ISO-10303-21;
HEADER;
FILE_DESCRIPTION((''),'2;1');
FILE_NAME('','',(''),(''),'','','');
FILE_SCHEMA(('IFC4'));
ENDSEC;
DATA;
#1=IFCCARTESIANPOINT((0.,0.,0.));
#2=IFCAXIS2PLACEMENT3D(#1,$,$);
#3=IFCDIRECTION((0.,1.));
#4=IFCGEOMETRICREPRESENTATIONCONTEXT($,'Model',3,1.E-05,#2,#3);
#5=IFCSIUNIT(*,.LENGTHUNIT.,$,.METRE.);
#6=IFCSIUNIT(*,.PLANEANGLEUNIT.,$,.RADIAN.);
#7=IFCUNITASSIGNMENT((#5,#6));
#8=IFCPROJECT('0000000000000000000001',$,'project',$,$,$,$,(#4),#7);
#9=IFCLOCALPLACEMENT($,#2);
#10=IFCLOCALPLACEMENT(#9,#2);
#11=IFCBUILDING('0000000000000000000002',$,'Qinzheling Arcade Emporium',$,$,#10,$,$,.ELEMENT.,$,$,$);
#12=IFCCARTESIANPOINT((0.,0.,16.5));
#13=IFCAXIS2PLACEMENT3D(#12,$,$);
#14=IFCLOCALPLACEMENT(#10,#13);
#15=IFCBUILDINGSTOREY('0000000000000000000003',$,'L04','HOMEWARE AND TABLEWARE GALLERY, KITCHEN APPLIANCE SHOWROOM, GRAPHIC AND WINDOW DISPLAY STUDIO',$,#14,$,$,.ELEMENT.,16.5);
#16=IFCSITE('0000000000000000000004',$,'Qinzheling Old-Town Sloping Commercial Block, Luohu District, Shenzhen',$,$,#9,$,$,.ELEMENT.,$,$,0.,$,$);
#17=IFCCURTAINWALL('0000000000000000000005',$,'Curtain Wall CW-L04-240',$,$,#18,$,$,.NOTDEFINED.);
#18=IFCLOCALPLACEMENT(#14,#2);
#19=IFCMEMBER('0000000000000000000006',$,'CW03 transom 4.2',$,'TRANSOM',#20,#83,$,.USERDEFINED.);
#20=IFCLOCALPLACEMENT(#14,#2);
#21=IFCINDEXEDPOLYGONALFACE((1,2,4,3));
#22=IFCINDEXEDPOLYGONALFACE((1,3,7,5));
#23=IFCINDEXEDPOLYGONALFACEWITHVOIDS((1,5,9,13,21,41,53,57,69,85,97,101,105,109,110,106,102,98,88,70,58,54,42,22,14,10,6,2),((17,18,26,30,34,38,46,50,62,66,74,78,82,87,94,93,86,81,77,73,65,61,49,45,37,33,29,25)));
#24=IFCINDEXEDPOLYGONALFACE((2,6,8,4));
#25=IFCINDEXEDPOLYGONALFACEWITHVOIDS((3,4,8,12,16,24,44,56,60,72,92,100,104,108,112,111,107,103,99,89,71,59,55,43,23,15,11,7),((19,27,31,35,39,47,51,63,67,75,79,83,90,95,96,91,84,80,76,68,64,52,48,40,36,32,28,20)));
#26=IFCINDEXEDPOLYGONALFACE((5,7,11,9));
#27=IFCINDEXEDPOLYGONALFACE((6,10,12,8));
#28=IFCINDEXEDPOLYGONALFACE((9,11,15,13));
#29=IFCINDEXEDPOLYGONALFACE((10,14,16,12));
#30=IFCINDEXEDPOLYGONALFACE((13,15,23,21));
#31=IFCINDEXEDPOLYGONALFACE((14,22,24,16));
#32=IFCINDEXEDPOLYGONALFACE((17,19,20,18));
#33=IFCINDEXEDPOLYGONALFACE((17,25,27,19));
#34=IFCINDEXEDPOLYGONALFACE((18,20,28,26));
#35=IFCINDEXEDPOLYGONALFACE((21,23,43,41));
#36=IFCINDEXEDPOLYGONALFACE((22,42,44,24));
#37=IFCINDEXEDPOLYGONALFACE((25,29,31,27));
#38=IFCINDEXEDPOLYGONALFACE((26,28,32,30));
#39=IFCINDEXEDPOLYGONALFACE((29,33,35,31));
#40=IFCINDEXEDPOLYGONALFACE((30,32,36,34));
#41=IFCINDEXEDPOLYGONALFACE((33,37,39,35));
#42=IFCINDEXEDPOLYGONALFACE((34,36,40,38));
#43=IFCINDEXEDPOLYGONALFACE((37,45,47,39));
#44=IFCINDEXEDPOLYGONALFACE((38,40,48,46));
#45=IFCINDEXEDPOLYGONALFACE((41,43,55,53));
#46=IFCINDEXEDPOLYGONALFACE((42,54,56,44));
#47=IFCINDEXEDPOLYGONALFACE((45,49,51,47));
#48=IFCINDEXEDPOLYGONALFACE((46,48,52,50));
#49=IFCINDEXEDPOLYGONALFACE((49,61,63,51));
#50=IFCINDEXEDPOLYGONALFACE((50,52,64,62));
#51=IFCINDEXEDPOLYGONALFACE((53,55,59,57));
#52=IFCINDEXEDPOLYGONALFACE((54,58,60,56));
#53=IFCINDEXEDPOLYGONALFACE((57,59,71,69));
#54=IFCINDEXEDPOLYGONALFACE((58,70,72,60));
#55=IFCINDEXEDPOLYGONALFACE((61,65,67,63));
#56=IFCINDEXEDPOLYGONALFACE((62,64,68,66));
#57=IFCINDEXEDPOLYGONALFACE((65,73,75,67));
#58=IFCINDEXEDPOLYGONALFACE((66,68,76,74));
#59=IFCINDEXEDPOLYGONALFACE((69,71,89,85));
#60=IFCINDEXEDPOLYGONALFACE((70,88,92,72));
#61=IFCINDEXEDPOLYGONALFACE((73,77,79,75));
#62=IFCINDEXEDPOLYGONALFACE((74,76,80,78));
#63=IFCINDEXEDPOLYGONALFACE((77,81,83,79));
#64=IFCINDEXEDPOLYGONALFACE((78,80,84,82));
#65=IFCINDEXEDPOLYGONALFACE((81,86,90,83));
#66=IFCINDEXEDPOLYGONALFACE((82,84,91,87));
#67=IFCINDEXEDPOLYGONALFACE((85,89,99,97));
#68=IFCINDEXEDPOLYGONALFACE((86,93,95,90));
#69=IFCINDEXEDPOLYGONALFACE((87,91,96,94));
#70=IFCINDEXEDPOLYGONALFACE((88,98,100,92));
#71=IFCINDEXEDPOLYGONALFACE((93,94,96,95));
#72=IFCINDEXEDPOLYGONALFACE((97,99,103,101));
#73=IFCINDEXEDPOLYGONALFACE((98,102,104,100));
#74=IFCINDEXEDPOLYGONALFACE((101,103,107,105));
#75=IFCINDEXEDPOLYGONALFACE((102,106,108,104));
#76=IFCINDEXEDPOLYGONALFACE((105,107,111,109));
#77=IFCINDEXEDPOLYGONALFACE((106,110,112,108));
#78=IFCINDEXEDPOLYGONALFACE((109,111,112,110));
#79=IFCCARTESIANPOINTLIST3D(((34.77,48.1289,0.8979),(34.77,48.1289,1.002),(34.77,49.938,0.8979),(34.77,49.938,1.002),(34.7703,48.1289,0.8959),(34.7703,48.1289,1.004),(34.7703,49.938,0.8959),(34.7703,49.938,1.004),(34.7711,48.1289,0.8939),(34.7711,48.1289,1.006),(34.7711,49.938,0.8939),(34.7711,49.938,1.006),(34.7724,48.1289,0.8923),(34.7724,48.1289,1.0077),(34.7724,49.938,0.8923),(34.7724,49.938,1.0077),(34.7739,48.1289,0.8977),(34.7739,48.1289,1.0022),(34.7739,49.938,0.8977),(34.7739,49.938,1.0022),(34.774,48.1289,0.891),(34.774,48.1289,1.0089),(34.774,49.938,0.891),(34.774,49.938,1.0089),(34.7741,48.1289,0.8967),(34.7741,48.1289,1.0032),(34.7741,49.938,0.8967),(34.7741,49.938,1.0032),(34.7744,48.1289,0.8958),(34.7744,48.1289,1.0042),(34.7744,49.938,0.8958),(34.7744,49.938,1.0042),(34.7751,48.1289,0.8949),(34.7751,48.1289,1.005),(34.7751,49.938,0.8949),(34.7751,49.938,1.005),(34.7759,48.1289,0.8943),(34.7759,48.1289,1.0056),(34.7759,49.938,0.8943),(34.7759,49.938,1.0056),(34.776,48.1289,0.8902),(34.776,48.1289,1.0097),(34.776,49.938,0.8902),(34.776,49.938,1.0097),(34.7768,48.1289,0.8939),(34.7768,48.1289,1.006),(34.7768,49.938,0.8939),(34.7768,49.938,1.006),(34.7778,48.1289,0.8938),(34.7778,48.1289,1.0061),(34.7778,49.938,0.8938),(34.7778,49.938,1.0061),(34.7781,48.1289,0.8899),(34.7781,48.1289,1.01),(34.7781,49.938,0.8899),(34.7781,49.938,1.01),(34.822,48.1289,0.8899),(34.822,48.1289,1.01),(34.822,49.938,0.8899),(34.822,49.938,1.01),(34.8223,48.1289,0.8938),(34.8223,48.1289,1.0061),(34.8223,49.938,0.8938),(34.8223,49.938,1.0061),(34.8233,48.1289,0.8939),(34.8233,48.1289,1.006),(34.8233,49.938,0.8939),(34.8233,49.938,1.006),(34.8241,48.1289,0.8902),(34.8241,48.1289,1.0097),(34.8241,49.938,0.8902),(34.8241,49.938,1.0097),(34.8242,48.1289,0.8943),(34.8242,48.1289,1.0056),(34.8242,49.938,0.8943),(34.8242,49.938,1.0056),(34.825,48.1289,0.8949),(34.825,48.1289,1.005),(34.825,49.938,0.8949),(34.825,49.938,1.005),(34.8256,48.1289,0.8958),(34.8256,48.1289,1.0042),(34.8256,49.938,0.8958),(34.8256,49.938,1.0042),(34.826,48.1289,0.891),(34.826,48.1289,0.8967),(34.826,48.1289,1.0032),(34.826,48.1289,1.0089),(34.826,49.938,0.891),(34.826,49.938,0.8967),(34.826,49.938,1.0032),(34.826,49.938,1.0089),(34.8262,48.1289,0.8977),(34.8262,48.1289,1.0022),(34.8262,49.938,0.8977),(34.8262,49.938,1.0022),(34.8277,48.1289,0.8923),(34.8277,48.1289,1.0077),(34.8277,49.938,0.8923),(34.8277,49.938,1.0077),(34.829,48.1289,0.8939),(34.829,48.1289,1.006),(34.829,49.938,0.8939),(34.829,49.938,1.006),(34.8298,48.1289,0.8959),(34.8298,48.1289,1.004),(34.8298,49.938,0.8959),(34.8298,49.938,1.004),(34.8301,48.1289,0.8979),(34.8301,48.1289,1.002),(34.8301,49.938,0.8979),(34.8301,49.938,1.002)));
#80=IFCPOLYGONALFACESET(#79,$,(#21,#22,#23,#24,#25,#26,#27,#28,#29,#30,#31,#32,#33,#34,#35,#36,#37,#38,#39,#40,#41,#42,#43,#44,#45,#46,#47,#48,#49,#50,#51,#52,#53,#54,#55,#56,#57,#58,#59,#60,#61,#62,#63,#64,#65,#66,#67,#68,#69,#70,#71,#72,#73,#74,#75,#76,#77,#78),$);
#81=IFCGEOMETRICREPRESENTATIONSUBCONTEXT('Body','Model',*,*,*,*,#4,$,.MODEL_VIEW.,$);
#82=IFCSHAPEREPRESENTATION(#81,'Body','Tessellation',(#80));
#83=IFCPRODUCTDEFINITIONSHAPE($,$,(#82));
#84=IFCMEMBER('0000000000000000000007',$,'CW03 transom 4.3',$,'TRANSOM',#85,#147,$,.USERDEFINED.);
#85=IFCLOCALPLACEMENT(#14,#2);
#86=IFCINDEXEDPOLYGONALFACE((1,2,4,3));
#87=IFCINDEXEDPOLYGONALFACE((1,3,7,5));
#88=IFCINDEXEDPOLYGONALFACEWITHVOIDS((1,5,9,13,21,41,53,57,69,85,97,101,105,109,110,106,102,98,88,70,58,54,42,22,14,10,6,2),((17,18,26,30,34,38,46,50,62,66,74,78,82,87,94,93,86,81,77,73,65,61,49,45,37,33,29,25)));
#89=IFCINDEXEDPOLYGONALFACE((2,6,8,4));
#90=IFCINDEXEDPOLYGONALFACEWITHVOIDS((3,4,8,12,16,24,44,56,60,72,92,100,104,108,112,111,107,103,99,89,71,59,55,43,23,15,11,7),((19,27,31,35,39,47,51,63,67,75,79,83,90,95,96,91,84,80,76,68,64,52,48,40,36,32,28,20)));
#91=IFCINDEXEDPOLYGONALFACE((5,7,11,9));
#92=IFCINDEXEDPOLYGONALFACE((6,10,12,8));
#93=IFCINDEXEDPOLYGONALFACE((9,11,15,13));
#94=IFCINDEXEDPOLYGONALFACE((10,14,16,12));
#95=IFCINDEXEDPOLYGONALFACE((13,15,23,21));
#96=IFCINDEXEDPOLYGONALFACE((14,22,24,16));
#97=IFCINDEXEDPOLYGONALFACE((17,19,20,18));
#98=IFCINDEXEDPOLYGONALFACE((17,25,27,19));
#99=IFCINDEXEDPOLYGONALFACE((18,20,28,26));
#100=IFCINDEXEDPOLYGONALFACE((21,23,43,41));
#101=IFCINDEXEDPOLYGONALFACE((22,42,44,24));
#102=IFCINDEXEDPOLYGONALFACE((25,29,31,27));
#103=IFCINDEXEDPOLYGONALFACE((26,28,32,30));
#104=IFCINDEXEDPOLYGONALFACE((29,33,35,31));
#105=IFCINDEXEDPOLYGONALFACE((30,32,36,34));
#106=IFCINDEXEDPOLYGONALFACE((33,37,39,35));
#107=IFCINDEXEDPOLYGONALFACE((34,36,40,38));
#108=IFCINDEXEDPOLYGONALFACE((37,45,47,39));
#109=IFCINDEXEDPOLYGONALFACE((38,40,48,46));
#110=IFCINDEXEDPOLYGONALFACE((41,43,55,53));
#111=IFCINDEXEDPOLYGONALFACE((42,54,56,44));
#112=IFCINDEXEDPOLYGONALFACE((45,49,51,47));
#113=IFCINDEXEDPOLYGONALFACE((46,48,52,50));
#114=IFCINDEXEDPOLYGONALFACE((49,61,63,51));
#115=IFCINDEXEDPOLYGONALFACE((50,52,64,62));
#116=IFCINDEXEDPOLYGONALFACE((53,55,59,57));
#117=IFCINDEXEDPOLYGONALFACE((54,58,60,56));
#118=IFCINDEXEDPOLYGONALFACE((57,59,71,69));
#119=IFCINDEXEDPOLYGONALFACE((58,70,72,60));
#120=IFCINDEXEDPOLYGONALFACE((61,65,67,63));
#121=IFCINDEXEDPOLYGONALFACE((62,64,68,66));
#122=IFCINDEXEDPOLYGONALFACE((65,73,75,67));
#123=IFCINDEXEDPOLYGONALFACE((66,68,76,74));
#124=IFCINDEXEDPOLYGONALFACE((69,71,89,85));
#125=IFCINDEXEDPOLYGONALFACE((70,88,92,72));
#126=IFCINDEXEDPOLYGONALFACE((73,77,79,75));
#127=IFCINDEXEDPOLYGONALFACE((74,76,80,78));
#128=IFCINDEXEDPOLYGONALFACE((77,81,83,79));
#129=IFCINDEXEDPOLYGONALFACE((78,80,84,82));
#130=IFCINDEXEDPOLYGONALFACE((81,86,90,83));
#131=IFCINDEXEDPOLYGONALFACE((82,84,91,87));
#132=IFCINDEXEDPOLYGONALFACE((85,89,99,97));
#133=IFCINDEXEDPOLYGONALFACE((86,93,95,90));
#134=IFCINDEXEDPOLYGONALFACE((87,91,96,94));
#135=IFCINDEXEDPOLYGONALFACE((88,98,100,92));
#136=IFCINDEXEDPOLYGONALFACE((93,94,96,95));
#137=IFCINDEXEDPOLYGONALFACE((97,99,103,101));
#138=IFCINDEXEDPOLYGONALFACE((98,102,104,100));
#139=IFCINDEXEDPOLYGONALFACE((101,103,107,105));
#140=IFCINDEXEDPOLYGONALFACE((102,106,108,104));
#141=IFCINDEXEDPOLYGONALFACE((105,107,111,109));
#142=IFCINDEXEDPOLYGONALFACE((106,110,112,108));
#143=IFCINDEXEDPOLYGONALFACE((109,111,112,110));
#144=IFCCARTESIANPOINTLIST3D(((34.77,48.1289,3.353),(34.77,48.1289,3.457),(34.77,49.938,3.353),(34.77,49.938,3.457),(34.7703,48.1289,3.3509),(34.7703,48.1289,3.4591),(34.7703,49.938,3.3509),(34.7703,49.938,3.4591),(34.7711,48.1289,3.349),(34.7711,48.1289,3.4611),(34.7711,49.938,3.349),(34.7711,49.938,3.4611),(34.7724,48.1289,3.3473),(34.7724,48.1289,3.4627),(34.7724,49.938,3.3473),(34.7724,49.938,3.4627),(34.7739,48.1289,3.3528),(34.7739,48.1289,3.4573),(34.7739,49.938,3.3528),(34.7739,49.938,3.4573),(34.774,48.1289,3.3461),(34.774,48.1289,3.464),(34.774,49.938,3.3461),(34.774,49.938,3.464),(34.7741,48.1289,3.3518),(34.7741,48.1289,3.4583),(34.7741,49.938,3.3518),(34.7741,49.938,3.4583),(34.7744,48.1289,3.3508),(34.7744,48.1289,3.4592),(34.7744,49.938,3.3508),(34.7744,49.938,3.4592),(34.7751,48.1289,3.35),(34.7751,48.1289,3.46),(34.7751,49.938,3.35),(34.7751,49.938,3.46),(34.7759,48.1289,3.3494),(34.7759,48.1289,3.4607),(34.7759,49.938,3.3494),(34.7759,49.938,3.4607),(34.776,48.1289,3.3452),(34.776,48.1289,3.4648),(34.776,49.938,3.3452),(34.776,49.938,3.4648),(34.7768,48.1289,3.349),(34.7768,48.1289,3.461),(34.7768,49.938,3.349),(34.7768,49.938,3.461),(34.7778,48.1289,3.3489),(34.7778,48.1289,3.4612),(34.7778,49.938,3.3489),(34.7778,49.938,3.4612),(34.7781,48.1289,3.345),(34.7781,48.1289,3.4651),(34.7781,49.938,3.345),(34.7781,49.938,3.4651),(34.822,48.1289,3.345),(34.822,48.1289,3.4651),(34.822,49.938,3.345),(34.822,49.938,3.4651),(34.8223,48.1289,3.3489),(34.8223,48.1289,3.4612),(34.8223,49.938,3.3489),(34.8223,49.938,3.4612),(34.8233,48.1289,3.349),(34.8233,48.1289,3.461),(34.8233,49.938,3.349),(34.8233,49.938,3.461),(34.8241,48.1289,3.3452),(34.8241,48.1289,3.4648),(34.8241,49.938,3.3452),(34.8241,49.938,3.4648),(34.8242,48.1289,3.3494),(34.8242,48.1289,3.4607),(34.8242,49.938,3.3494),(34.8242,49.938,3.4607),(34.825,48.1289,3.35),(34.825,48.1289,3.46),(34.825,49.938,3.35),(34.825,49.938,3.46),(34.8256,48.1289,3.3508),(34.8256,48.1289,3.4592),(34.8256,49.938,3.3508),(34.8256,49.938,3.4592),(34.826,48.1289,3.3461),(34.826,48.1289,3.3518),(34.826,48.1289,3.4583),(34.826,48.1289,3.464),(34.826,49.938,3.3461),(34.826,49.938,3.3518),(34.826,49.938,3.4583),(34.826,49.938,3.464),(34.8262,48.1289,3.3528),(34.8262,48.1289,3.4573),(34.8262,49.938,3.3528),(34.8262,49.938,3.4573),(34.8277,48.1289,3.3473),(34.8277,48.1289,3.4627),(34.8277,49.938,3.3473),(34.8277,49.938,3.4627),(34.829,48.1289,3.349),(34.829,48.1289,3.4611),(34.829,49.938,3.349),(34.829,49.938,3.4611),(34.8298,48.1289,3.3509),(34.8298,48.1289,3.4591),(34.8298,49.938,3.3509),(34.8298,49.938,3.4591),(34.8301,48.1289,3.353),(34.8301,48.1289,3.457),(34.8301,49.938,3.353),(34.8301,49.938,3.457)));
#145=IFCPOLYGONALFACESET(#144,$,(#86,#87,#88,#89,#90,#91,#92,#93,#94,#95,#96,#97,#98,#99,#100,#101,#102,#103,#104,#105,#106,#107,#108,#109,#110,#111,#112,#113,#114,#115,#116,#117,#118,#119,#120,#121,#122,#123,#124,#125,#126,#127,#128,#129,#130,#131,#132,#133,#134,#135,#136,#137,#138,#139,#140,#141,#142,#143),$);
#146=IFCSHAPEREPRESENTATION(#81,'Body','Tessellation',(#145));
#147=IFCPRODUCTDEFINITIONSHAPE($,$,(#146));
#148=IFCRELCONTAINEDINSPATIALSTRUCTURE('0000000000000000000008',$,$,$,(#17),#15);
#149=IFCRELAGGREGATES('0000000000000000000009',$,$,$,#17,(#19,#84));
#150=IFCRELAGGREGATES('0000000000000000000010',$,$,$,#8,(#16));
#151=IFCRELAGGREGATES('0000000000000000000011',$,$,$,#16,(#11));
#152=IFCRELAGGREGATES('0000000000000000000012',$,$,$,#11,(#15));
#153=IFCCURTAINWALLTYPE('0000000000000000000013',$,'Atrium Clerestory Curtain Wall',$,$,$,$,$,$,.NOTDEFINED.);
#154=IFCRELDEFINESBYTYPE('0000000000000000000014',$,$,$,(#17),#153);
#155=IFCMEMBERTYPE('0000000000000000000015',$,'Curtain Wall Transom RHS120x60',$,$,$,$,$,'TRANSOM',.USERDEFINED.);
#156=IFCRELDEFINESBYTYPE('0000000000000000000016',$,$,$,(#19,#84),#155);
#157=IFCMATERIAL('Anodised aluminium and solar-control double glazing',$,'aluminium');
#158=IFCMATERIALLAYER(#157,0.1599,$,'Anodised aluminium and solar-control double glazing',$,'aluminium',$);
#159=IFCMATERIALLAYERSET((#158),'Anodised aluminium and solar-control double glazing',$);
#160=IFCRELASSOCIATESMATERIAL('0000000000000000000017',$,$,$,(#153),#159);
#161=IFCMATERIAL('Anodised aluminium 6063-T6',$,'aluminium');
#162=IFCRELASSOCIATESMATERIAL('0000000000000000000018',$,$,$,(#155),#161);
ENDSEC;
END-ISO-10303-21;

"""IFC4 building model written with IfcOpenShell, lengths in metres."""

from ifc_helpers import new_model, si_unit, direction, frame, origin, origin_2d, place, context, subcontext, project, spatial, hollow_rectangle, extrude, material, layer, layer_set, material_profile, profile_set, type_object, element, aggregate, save


model = new_model("IFC4")

# Units and contexts
model_context = context("Model", 3, precision=1e-05, world=origin(), true_north=direction((0.0, 1.0)))
body_context = subcontext(model_context, "Body", "Model", "MODEL_VIEW")
ifc_project = project(units=[si_unit("LENGTHUNIT", "METRE"), si_unit("PLANEANGLEUNIT", "RADIAN")], contexts=[model_context])

# Site, building, storey
site_placement = place(None, origin())
site = spatial("IfcSite", under=ifc_project, at=site_placement, Name="Qinzheling Old-Town Sloping Commercial Block, Luohu District, Shenzhen", CompositionType="ELEMENT", RefElevation=0.0)
building_placement = place(site_placement, origin())
building = spatial("IfcBuilding", under=site, at=building_placement, Name="Qinzheling Arcade Emporium", CompositionType="ELEMENT")
storey_placement = place(building_placement, frame((0.0, 0.0, 16.5)))
storey = spatial("IfcBuildingStorey", under=building, at=storey_placement, Name="L04", Description="HOMEWARE AND TABLEWARE GALLERY, KITCHEN APPLIANCE SHOWROOM, GRAPHIC AND WINDOW DISPLAY STUDIO", CompositionType="ELEMENT", Elevation=16.5)

# Curtain wall
ifc_material_1 = material(Name="Anodised aluminium and solar-control double glazing", Category="aluminium")
ifc_layer_1 = layer(ifc_material_1, 0.1599, Name="Anodised aluminium and solar-control double glazing", Category="aluminium")
ifc_layer_set_1 = layer_set([ifc_layer_1], Name="Anodised aluminium and solar-control double glazing")
curtain_wall_type = type_object("IfcCurtainWallType", Name="Atrium Clerestory Curtain Wall", PredefinedType="NOTDEFINED", material=ifc_layer_set_1)
curtain_wall_1_placement = place(storey_placement, origin())
curtain_wall_1 = element("IfcCurtainWall", 1, at=curtain_wall_1_placement, inside=storey, type_object=curtain_wall_type, Name="Curtain Wall CW-L04-240", PredefinedType="NOTDEFINED")
ifc_material_2 = material(Name="Anodised aluminium 6063-T6", Category="aluminium")

# Members
ifc_material_profile_1 = material_profile(ifc_material_2, hollow_rectangle(XDim=0.0601, YDim=0.1201, WallThickness=0.0039, InnerFilletRadius=0.0039, OuterFilletRadius=0.0081, at=origin_2d()), Name="RHS 120x60x4", Category="aluminium")
ifc_profile_set_1 = profile_set([ifc_material_profile_1], Name="Anodised aluminium 6063-T6")
member_type_1 = type_object("IfcMemberType", Name="Curtain Wall Transom RHS120x60", ElementType="TRANSOM", PredefinedType="USERDEFINED", material=ifc_profile_set_1)
member_1_placement = place(storey_placement, frame((34.8, 48.1289, 0.95), z_axis=(0.0, 1.0, 0.0), x_axis=(-1.0, 0.0, 0.0)))
member_1 = element("IfcMember", 2, at=member_1_placement, type_object=member_type_1, Name="CW03 transom 4.2", ObjectType="TRANSOM", PredefinedType="USERDEFINED", context=body_context, shape_type="SweptSolid", body=[
    extrude(hollow_rectangle(XDim=0.0601, YDim=0.1201, WallThickness=0.0039, InnerFilletRadius=0.0039, OuterFilletRadius=0.0081, at=origin_2d()), origin(), (0.0, 0.0, 1.0), 1.8091),
])
member_2_placement = place(storey_placement, frame((34.8, 48.1289, 3.405), z_axis=(0.0, 1.0, 0.0), x_axis=(-1.0, 0.0, 0.0)))
member_2 = element("IfcMember", 3, at=member_2_placement, type_object=member_type_1, Name="CW03 transom 4.3", ObjectType="TRANSOM", PredefinedType="USERDEFINED", context=body_context, shape_type="SweptSolid", body=[
    extrude(hollow_rectangle(XDim=0.0601, YDim=0.1201, WallThickness=0.0039, InnerFilletRadius=0.0039, OuterFilletRadius=0.0081, at=origin_2d()), origin(), (0.0, 0.0, 1.0), 1.8091),
])

aggregate(curtain_wall_1, [member_1, member_2])

save(model, "model.ifc")
